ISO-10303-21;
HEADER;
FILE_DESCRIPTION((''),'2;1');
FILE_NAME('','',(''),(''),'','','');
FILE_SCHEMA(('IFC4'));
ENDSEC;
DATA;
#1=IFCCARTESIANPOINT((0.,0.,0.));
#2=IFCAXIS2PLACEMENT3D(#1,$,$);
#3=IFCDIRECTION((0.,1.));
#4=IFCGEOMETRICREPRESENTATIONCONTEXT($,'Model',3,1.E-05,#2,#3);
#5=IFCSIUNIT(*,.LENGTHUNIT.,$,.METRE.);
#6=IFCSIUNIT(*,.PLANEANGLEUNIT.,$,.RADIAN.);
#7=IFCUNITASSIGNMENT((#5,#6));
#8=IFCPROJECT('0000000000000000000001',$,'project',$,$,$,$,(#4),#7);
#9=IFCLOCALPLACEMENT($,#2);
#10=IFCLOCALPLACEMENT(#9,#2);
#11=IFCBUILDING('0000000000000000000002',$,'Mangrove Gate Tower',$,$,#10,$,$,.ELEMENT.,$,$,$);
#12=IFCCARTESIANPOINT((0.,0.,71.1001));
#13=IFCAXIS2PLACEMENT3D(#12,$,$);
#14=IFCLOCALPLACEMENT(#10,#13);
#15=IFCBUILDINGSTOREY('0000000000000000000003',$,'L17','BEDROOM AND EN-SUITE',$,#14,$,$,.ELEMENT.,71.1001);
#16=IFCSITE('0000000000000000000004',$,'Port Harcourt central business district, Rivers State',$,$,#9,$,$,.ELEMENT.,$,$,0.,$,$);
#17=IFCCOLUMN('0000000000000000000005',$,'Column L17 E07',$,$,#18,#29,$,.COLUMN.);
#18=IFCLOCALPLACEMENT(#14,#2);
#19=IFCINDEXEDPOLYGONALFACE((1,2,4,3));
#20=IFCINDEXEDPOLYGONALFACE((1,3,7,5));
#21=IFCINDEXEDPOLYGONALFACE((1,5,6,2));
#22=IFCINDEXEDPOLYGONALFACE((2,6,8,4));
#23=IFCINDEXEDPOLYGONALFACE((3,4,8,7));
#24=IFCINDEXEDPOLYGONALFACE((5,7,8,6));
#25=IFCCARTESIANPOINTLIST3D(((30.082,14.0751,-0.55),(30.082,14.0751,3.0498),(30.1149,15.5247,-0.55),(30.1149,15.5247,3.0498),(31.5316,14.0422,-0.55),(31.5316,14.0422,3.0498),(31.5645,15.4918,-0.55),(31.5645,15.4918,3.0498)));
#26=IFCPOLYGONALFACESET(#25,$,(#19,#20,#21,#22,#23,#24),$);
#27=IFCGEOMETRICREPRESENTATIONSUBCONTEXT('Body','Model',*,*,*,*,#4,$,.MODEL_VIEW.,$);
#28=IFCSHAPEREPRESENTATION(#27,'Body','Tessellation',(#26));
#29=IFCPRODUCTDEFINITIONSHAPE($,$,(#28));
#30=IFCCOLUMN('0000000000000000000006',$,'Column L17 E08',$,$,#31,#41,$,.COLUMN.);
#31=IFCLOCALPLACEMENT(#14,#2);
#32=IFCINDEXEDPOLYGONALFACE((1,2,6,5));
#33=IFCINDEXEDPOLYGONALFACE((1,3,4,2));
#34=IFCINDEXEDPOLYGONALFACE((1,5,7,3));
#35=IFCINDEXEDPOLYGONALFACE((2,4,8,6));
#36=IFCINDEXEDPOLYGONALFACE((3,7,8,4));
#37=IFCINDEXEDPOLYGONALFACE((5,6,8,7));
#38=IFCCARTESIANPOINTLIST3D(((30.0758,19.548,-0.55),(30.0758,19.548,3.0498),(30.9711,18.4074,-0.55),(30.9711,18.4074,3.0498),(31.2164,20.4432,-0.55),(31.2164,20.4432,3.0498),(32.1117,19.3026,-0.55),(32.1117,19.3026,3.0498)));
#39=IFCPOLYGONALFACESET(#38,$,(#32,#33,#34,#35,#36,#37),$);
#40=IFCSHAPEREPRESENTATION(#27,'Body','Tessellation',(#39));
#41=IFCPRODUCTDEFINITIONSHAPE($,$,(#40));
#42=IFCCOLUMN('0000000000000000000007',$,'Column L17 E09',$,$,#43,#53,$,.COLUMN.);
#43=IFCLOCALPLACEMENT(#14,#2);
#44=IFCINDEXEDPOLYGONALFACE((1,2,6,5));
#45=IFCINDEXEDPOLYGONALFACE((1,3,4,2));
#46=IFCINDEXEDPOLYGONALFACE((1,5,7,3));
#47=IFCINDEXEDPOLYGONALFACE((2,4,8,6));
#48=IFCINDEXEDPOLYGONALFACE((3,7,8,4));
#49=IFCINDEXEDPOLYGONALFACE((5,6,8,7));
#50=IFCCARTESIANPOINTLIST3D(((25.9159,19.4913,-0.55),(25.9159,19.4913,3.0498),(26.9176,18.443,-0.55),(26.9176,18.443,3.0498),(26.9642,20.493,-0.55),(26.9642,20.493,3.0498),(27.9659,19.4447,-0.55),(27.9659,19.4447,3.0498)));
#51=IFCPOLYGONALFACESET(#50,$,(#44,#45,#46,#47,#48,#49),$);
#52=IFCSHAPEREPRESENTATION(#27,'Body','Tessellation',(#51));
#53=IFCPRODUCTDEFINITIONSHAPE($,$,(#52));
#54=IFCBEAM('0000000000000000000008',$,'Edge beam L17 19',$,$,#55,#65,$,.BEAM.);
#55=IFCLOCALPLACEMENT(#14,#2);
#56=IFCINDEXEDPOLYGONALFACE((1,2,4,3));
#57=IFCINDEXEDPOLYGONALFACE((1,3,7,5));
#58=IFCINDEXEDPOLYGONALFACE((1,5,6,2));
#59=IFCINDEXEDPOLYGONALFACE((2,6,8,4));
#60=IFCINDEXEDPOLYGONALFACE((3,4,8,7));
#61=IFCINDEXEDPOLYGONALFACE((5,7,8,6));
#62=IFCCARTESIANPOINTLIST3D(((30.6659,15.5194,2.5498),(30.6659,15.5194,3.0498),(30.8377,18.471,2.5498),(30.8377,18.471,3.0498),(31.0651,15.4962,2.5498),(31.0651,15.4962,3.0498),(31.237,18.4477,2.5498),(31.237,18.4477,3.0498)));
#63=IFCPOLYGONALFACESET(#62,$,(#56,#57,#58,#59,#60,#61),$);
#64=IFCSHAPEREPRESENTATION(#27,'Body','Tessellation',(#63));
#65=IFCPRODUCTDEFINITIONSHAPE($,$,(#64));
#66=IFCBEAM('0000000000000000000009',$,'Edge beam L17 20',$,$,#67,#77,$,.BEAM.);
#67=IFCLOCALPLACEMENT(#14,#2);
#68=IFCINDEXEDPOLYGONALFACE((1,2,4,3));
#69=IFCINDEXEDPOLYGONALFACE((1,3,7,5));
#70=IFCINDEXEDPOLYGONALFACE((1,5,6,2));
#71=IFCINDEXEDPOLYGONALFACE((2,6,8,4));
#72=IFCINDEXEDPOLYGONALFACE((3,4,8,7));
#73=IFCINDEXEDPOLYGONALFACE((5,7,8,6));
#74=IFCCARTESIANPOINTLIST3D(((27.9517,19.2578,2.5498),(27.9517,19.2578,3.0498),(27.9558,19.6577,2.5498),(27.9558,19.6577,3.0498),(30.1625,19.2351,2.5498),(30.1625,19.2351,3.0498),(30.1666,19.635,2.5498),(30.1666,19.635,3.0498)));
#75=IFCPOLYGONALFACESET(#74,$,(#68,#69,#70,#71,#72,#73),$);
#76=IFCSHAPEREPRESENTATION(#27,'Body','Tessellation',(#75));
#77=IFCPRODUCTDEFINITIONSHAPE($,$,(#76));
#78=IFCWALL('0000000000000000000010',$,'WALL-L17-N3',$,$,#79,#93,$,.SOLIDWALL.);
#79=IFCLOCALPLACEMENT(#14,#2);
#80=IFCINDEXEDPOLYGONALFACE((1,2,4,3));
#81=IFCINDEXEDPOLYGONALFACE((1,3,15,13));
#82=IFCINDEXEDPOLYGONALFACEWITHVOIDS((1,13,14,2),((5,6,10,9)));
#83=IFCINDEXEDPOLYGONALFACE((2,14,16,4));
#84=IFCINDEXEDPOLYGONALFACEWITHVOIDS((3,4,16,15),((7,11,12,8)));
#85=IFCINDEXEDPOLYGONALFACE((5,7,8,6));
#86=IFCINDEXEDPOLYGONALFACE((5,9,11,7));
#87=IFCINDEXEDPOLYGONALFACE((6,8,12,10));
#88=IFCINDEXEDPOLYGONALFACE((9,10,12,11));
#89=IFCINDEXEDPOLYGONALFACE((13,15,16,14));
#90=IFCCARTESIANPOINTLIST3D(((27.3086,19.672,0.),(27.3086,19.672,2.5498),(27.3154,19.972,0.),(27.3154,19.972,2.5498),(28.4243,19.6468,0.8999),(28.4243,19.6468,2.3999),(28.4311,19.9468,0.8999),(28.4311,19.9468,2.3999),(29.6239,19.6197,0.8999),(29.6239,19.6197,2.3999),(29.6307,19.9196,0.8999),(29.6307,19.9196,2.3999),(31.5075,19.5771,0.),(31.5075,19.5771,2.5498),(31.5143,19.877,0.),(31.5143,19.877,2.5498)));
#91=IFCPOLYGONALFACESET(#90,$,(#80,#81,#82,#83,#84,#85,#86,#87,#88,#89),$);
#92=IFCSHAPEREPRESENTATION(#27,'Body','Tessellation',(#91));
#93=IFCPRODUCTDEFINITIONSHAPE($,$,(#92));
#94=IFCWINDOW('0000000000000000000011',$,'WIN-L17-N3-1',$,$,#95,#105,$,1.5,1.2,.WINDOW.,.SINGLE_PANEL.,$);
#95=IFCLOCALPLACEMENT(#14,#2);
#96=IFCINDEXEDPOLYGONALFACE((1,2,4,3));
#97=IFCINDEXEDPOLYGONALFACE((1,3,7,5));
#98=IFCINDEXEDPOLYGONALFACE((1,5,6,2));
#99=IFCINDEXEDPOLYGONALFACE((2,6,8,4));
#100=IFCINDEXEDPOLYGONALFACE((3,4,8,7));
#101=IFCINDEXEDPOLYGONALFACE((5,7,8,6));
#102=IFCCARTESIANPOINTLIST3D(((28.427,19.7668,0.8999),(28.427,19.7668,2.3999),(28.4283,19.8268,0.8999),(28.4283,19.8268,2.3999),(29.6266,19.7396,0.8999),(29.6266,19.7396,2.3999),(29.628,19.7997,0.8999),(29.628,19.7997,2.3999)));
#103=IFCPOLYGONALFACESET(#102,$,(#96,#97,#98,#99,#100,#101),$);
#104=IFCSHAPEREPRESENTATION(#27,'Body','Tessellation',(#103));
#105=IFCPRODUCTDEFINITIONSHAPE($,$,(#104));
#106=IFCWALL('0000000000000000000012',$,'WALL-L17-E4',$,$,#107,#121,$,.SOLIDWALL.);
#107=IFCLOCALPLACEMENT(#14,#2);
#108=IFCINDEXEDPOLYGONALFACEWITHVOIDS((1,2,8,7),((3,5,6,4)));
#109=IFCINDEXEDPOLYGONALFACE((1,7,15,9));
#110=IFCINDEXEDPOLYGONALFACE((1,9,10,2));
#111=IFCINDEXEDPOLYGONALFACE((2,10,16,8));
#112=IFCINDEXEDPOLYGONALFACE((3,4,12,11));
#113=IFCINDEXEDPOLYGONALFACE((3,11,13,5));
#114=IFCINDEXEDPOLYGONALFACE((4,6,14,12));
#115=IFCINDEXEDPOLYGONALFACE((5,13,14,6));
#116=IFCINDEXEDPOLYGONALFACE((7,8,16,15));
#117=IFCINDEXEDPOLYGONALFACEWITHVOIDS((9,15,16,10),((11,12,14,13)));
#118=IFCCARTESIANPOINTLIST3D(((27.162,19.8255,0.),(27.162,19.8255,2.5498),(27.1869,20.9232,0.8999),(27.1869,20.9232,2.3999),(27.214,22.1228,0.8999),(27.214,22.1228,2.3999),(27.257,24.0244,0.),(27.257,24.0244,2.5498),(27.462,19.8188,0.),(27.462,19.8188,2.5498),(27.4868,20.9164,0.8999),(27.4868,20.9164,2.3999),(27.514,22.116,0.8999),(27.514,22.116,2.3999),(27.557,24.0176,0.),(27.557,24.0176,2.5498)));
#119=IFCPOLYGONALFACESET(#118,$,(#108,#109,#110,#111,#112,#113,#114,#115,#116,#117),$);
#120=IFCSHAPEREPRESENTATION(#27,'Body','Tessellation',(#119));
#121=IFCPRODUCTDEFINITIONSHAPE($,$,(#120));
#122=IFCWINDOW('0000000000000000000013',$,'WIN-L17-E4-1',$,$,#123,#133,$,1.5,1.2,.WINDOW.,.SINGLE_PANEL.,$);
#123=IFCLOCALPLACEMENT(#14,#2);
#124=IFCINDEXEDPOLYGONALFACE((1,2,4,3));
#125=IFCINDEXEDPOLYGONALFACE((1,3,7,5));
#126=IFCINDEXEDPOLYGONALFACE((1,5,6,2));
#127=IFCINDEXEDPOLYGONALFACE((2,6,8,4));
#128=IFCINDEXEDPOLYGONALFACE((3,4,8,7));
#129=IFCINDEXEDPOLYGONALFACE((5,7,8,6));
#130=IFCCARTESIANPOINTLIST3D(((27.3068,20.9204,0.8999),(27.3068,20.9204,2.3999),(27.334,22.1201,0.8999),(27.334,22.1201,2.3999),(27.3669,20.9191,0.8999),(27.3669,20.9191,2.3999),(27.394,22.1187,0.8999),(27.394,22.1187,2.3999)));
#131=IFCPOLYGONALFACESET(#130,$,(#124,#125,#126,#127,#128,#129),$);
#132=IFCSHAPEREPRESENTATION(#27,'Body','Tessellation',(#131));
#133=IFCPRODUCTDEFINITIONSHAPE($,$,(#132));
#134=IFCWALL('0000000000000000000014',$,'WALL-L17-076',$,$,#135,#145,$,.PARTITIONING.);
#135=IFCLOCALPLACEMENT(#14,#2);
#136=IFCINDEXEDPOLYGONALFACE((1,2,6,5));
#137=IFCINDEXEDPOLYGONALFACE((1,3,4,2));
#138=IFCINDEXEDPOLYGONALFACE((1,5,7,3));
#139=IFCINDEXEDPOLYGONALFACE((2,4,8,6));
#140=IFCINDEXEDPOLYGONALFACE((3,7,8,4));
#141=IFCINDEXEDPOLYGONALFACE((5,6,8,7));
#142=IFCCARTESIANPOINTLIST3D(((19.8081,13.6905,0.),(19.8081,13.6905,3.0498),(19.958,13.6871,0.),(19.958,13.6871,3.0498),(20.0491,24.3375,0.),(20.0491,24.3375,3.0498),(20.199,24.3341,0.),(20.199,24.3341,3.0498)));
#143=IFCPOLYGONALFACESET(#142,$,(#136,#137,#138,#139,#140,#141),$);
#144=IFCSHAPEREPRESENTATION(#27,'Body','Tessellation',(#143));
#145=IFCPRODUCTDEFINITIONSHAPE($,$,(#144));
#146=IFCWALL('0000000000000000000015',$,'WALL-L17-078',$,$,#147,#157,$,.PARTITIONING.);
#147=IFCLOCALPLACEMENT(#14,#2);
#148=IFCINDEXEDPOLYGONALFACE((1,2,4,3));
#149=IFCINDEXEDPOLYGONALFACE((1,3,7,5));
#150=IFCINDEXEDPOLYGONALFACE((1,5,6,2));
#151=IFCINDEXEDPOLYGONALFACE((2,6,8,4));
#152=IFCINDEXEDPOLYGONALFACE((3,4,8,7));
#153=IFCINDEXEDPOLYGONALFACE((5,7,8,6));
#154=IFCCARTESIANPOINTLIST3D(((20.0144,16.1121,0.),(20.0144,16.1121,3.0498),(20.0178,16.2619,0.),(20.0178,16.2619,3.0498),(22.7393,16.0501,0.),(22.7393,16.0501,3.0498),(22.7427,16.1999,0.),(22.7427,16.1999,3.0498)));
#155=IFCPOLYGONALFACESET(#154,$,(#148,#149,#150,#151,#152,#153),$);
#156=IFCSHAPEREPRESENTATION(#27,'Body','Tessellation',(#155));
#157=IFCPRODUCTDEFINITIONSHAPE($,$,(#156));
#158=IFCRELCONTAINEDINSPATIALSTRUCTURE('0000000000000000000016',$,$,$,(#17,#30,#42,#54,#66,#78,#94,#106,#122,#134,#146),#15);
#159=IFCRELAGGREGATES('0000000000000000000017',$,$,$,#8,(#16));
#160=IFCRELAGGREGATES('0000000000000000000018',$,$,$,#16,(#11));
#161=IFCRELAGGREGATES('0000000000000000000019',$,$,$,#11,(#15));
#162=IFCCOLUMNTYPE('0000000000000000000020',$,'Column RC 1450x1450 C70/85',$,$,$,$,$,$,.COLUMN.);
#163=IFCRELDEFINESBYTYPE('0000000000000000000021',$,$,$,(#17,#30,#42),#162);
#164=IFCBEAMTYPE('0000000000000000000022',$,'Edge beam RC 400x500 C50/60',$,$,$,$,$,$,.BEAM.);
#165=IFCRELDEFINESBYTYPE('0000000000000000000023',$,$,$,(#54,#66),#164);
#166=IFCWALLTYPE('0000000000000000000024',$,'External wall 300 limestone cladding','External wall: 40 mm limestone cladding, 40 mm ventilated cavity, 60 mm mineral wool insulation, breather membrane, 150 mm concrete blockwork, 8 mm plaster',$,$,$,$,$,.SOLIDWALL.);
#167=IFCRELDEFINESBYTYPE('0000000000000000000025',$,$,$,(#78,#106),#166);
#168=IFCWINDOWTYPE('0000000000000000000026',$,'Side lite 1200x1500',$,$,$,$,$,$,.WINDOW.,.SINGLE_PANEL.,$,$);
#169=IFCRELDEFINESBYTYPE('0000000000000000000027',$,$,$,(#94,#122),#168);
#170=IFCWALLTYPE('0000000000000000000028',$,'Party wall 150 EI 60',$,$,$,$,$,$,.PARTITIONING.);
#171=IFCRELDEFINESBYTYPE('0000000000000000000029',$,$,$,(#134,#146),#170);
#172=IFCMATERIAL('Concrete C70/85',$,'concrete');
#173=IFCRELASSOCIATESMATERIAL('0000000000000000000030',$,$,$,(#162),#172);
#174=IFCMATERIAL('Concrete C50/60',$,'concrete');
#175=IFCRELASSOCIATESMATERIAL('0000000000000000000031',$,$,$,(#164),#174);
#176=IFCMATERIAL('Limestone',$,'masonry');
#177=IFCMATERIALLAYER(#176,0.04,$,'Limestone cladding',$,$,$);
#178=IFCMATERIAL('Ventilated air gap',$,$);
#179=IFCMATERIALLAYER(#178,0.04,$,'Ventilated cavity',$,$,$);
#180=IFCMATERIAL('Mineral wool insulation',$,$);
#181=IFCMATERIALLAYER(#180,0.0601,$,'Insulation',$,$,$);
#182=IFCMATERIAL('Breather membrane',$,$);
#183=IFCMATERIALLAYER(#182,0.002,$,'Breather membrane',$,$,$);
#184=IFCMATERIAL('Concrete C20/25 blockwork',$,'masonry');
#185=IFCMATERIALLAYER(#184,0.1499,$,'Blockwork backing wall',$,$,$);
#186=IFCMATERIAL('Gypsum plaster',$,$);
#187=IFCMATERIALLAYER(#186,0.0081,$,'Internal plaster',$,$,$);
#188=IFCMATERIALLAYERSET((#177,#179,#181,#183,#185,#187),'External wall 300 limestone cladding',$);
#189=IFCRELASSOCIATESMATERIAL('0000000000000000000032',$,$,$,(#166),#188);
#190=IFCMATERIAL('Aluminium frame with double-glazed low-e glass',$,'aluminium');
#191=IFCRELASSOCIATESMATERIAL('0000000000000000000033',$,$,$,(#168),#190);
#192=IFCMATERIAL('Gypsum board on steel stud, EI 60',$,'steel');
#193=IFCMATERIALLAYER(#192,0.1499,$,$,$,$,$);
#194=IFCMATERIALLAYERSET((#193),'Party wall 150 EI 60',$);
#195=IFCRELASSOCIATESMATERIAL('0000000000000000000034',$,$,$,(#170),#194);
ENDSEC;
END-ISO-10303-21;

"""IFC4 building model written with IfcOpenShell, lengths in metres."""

from ifc_helpers import new_model, si_unit, direction, frame, frame_2d, origin, origin_2d, place, context, subcontext, project, spatial, rectangle, extrude, material, layer, layer_set, material_profile, profile_set, type_object, element, fill, save


model = new_model("IFC4")

# Units and contexts
model_context = context("Model", 3, precision=1e-05, world=origin(), true_north=direction((0.0, 1.0)))
body_context = subcontext(model_context, "Body", "Model", "MODEL_VIEW")
ifc_project = project(units=[si_unit("LENGTHUNIT", "METRE"), si_unit("PLANEANGLEUNIT", "RADIAN")], contexts=[model_context])

# Site, building, storey
site_placement = place(None, origin())
site = spatial("IfcSite", under=ifc_project, at=site_placement, Name="Port Harcourt central business district, Rivers State", CompositionType="ELEMENT", RefElevation=0.0)
building_placement = place(site_placement, origin())
building = spatial("IfcBuilding", under=site, at=building_placement, Name="Mangrove Gate Tower", CompositionType="ELEMENT")
storey_placement = place(building_placement, frame((0.0, 0.0, 71.1001)))
storey = spatial("IfcBuildingStorey", under=building, at=storey_placement, Name="L17", Description="BEDROOM AND EN-SUITE", CompositionType="ELEMENT", Elevation=71.1001)

# Columns
ifc_material_1 = material(Name="Concrete C70/85", Category="concrete")
ifc_material_profile_1 = material_profile(ifc_material_1, rectangle(XDim=1.45, YDim=1.45, at=origin_2d()))
ifc_profile_set_1 = profile_set([ifc_material_profile_1], Name="Concrete C70/85")
column_type = type_object("IfcColumnType", Name="Column RC 1450x1450 C70/85", PredefinedType="COLUMN", material=ifc_profile_set_1)
for number, where, z_axis, x_axis, name in (
    (1, (30.8232, 14.7834, -0.55), (0.0, 0.0, 1.0), (0.02271, 0.999742, 0.0), "Column L17 E07"),
    (2, (31.0938, 19.4253, -0.55), (0.0, 0.0, 1.0), (-0.617421, 0.786633, 0.0), "Column L17 E08"),
    (3, (26.9409, 19.468, -0.55), (0.0, 0.0, 1.0), (-0.690848, 0.723, 0.0), "Column L17 E09"),
):
    element("IfcColumn", number, at=place(storey_placement, frame(where, z_axis=z_axis, x_axis=x_axis)), inside=storey, type_object=column_type, Name=name, PredefinedType="COLUMN", context=body_context, shape_type="SweptSolid", body=[
        extrude(rectangle(XDim=1.45, YDim=1.45, at=origin_2d()), origin(), (0.0, 0.0, 1.0), 3.5999),
    ])

# Beams
ifc_material_2 = material(Name="Concrete C50/60", Category="concrete")
ifc_material_profile_2 = material_profile(ifc_material_2, rectangle(XDim=0.3999, YDim=0.5, at=origin_2d()))
ifc_profile_set_2 = profile_set([ifc_material_profile_2], Name="Concrete C50/60")
beam_type = type_object("IfcBeamType", Name="Edge beam RC 400x500 C50/60", PredefinedType="BEAM", material=ifc_profile_set_2)
beam_1_placement = place(storey_placement, frame((30.8655, 15.5078, 2.7998), z_axis=(0.058131, 0.998309, 0.0), x_axis=(-0.998309, 0.058131, 0.0)))
element("IfcBeam", 4, at=beam_1_placement, inside=storey, type_object=beam_type, Name="Edge beam L17 19", PredefinedType="BEAM", context=body_context, shape_type="SweptSolid", body=[
    extrude(rectangle(XDim=0.3999, YDim=0.5, at=origin_2d()), origin(), (0.0, 0.0, 1.0), 2.9565),
])
beam_2_placement = place(storey_placement, frame((30.1646, 19.4351, 2.7998), z_axis=(-0.999947, 0.010269, 0.0), x_axis=(-0.010269, -0.999947, 0.0)))
element("IfcBeam", 5, at=beam_2_placement, inside=storey, type_object=beam_type, Name="Edge beam L17 20", PredefinedType="BEAM", context=body_context, shape_type="SweptSolid", body=[
    extrude(rectangle(XDim=0.3999, YDim=0.5, at=origin_2d()), origin(), (0.0, 0.0, 1.0), 2.2109),
])

# Walls, openings, windows
ifc_material_3 = material(Name="Limestone", Category="masonry")
ifc_layer_1 = layer(ifc_material_3, 0.04, Name="Limestone cladding")
ifc_material_4 = material(Name="Ventilated air gap")
ifc_layer_2 = layer(ifc_material_4, 0.04, Name="Ventilated cavity")
ifc_material_5 = material(Name="Mineral wool insulation")
ifc_layer_3 = layer(ifc_material_5, 0.0601, Name="Insulation")
ifc_material_6 = material(Name="Breather membrane")
ifc_layer_4 = layer(ifc_material_6, 0.002, Name="Breather membrane")
ifc_material_7 = material(Name="Concrete C20/25 blockwork", Category="masonry")
ifc_layer_5 = layer(ifc_material_7, 0.1499, Name="Blockwork backing wall")
ifc_material_8 = material(Name="Gypsum plaster")
ifc_layer_6 = layer(ifc_material_8, 0.0081, Name="Internal plaster")
ifc_layer_set_1 = layer_set([ifc_layer_1, ifc_layer_2, ifc_layer_3, ifc_layer_4, ifc_layer_5, ifc_layer_6], Name="External wall 300 limestone cladding")
wall_type_1 = type_object("IfcWallType", Name="External wall 300 limestone cladding", Description="External wall: 40 mm limestone cladding, 40 mm ventilated cavity, 60 mm mineral wool insulation, breather membrane, 150 mm concrete blockwork, 8 mm plaster", PredefinedType="SOLIDWALL", material=ifc_layer_set_1)
wall_1_placement = place(storey_placement, frame((31.511, 19.7271, 0.0), z_axis=(0.0, 0.0, 1.0), x_axis=(-0.999744, 0.022612, 0.0)))
wall_1 = element("IfcWall", 6, at=wall_1_placement, inside=storey, type_object=wall_type_1, Name="WALL-L17-N3", PredefinedType="SOLIDWALL", context=body_context, shape_type="SweptSolid", body=[
    extrude(rectangle(XDim=4.2, YDim=0.3, at=frame_2d((2.1001, 0.0))), origin(), (0.0, 0.0, 1.0), 2.5498),
])
opening_1_placement = place(wall_1_placement, frame((1.884, 0.0, 0.8999)))
opening_1 = element("IfcOpeningElement", 7, at=opening_1_placement, cuts=wall_1, PredefinedType="OPENING", context=body_context, shape_type="SweptSolid", body=[
    extrude(rectangle(XDim=1.2, YDim=1.5, at=frame_2d((0.6001, 0.75))), frame((0.0, 0.1599, 0.0), z_axis=(0.0, -1.0, 0.0), x_axis=(1.0, 0.0, 0.0)), (0.0, 0.0, 1.0), 0.3201),
])
ifc_material_9 = material(Name="Aluminium frame with double-glazed low-e glass", Category="aluminium")
window_type = type_object("IfcWindowType", Name="Side lite 1200x1500", PartitioningType="SINGLE_PANEL", PredefinedType="WINDOW", material=ifc_material_9)
window_1_placement = place(opening_1_placement, origin())
window_1 = element("IfcWindow", 8, at=window_1_placement, inside=storey, type_object=window_type, Name="WIN-L17-N3-1", OverallHeight=1.5, OverallWidth=1.2, PartitioningType="SINGLE_PANEL", PredefinedType="WINDOW", context=body_context, shape_type="SweptSolid", body=[
    extrude(rectangle(XDim=1.2, YDim=1.5, at=frame_2d((0.6001, 0.75))), frame((0.0, 0.03, 0.0), z_axis=(0.0, -1.0, 0.0), x_axis=(1.0, 0.0, 0.0)), (0.0, 0.0, 1.0), 0.0601),
])
fill(opening_1, window_1)
wall_2_placement = place(storey_placement, frame((27.312, 19.822, 0.0), z_axis=(0.0, 0.0, 1.0), x_axis=(0.022612, 0.999744, 0.0)))
wall_2 = element("IfcWall", 9, at=wall_2_placement, inside=storey, type_object=wall_type_1, Name="WALL-L17-E4", PredefinedType="SOLIDWALL", context=body_context, shape_type="SweptSolid", body=[
    extrude(rectangle(XDim=4.2, YDim=0.3, at=frame_2d((2.1001, 0.0))), origin(), (0.0, 0.0, 1.0), 2.5498),
])
opening_2_placement = place(wall_2_placement, frame((1.0979, 0.0, 0.8999)))
opening_2 = element("IfcOpeningElement", 10, at=opening_2_placement, cuts=wall_2, PredefinedType="OPENING", context=body_context, shape_type="SweptSolid", body=[
    extrude(rectangle(XDim=1.2, YDim=1.5, at=frame_2d((0.6001, 0.75))), frame((0.0, 0.1599, 0.0), z_axis=(0.0, -1.0, 0.0), x_axis=(1.0, 0.0, 0.0)), (0.0, 0.0, 1.0), 0.3201),
])
window_2_placement = place(opening_2_placement, origin())
window_2 = element("IfcWindow", 11, at=window_2_placement, inside=storey, type_object=window_type, Name="WIN-L17-E4-1", OverallHeight=1.5, OverallWidth=1.2, PartitioningType="SINGLE_PANEL", PredefinedType="WINDOW", context=body_context, shape_type="SweptSolid", body=[
    extrude(rectangle(XDim=1.2, YDim=1.5, at=frame_2d((0.6001, 0.75))), frame((0.0, 0.03, 0.0), z_axis=(0.0, -1.0, 0.0), x_axis=(1.0, 0.0, 0.0)), (0.0, 0.0, 1.0), 0.0601),
])
fill(opening_2, window_2)

# Walls
ifc_material_10 = material(Name="Gypsum board on steel stud, EI 60", Category="steel")
ifc_layer_7 = layer(ifc_material_10, 0.1499)
ifc_layer_set_2 = layer_set([ifc_layer_7], Name="Party wall 150 EI 60")
wall_type_2 = type_object("IfcWallType", Name="Party wall 150 EI 60", PredefinedType="PARTITIONING", material=ifc_layer_set_2)
wall_3_placement = place(storey_placement, frame((19.8831, 13.689, 0.0), z_axis=(0.0, 0.0, 1.0), x_axis=(0.022627, 0.999744, 0.0)))
element("IfcWall", 12, at=wall_3_placement, inside=storey, type_object=wall_type_2, Name="WALL-L17-076", PredefinedType="PARTITIONING", context=body_context, shape_type="SweptSolid", body=[
    extrude(rectangle(XDim=10.6497, YDim=0.1499, at=frame_2d((5.3247, 0.0))), origin(), (0.0, 0.0, 1.0), 3.0498),
])
wall_4_placement = place(storey_placement, frame((20.0161, 16.187, 0.0), z_axis=(0.0, 0.0, 1.0), x_axis=(0.999741, -0.022752, 0.0)))
element("IfcWall", 13, at=wall_4_placement, inside=storey, type_object=wall_type_2, Name="WALL-L17-078", PredefinedType="PARTITIONING", context=body_context, shape_type="SweptSolid", body=[
    extrude(rectangle(XDim=2.7256, YDim=0.1499, at=frame_2d((1.3628, 0.0))), origin(), (0.0, 0.0, 1.0), 3.0498),
])

save(model, "model.ifc")
